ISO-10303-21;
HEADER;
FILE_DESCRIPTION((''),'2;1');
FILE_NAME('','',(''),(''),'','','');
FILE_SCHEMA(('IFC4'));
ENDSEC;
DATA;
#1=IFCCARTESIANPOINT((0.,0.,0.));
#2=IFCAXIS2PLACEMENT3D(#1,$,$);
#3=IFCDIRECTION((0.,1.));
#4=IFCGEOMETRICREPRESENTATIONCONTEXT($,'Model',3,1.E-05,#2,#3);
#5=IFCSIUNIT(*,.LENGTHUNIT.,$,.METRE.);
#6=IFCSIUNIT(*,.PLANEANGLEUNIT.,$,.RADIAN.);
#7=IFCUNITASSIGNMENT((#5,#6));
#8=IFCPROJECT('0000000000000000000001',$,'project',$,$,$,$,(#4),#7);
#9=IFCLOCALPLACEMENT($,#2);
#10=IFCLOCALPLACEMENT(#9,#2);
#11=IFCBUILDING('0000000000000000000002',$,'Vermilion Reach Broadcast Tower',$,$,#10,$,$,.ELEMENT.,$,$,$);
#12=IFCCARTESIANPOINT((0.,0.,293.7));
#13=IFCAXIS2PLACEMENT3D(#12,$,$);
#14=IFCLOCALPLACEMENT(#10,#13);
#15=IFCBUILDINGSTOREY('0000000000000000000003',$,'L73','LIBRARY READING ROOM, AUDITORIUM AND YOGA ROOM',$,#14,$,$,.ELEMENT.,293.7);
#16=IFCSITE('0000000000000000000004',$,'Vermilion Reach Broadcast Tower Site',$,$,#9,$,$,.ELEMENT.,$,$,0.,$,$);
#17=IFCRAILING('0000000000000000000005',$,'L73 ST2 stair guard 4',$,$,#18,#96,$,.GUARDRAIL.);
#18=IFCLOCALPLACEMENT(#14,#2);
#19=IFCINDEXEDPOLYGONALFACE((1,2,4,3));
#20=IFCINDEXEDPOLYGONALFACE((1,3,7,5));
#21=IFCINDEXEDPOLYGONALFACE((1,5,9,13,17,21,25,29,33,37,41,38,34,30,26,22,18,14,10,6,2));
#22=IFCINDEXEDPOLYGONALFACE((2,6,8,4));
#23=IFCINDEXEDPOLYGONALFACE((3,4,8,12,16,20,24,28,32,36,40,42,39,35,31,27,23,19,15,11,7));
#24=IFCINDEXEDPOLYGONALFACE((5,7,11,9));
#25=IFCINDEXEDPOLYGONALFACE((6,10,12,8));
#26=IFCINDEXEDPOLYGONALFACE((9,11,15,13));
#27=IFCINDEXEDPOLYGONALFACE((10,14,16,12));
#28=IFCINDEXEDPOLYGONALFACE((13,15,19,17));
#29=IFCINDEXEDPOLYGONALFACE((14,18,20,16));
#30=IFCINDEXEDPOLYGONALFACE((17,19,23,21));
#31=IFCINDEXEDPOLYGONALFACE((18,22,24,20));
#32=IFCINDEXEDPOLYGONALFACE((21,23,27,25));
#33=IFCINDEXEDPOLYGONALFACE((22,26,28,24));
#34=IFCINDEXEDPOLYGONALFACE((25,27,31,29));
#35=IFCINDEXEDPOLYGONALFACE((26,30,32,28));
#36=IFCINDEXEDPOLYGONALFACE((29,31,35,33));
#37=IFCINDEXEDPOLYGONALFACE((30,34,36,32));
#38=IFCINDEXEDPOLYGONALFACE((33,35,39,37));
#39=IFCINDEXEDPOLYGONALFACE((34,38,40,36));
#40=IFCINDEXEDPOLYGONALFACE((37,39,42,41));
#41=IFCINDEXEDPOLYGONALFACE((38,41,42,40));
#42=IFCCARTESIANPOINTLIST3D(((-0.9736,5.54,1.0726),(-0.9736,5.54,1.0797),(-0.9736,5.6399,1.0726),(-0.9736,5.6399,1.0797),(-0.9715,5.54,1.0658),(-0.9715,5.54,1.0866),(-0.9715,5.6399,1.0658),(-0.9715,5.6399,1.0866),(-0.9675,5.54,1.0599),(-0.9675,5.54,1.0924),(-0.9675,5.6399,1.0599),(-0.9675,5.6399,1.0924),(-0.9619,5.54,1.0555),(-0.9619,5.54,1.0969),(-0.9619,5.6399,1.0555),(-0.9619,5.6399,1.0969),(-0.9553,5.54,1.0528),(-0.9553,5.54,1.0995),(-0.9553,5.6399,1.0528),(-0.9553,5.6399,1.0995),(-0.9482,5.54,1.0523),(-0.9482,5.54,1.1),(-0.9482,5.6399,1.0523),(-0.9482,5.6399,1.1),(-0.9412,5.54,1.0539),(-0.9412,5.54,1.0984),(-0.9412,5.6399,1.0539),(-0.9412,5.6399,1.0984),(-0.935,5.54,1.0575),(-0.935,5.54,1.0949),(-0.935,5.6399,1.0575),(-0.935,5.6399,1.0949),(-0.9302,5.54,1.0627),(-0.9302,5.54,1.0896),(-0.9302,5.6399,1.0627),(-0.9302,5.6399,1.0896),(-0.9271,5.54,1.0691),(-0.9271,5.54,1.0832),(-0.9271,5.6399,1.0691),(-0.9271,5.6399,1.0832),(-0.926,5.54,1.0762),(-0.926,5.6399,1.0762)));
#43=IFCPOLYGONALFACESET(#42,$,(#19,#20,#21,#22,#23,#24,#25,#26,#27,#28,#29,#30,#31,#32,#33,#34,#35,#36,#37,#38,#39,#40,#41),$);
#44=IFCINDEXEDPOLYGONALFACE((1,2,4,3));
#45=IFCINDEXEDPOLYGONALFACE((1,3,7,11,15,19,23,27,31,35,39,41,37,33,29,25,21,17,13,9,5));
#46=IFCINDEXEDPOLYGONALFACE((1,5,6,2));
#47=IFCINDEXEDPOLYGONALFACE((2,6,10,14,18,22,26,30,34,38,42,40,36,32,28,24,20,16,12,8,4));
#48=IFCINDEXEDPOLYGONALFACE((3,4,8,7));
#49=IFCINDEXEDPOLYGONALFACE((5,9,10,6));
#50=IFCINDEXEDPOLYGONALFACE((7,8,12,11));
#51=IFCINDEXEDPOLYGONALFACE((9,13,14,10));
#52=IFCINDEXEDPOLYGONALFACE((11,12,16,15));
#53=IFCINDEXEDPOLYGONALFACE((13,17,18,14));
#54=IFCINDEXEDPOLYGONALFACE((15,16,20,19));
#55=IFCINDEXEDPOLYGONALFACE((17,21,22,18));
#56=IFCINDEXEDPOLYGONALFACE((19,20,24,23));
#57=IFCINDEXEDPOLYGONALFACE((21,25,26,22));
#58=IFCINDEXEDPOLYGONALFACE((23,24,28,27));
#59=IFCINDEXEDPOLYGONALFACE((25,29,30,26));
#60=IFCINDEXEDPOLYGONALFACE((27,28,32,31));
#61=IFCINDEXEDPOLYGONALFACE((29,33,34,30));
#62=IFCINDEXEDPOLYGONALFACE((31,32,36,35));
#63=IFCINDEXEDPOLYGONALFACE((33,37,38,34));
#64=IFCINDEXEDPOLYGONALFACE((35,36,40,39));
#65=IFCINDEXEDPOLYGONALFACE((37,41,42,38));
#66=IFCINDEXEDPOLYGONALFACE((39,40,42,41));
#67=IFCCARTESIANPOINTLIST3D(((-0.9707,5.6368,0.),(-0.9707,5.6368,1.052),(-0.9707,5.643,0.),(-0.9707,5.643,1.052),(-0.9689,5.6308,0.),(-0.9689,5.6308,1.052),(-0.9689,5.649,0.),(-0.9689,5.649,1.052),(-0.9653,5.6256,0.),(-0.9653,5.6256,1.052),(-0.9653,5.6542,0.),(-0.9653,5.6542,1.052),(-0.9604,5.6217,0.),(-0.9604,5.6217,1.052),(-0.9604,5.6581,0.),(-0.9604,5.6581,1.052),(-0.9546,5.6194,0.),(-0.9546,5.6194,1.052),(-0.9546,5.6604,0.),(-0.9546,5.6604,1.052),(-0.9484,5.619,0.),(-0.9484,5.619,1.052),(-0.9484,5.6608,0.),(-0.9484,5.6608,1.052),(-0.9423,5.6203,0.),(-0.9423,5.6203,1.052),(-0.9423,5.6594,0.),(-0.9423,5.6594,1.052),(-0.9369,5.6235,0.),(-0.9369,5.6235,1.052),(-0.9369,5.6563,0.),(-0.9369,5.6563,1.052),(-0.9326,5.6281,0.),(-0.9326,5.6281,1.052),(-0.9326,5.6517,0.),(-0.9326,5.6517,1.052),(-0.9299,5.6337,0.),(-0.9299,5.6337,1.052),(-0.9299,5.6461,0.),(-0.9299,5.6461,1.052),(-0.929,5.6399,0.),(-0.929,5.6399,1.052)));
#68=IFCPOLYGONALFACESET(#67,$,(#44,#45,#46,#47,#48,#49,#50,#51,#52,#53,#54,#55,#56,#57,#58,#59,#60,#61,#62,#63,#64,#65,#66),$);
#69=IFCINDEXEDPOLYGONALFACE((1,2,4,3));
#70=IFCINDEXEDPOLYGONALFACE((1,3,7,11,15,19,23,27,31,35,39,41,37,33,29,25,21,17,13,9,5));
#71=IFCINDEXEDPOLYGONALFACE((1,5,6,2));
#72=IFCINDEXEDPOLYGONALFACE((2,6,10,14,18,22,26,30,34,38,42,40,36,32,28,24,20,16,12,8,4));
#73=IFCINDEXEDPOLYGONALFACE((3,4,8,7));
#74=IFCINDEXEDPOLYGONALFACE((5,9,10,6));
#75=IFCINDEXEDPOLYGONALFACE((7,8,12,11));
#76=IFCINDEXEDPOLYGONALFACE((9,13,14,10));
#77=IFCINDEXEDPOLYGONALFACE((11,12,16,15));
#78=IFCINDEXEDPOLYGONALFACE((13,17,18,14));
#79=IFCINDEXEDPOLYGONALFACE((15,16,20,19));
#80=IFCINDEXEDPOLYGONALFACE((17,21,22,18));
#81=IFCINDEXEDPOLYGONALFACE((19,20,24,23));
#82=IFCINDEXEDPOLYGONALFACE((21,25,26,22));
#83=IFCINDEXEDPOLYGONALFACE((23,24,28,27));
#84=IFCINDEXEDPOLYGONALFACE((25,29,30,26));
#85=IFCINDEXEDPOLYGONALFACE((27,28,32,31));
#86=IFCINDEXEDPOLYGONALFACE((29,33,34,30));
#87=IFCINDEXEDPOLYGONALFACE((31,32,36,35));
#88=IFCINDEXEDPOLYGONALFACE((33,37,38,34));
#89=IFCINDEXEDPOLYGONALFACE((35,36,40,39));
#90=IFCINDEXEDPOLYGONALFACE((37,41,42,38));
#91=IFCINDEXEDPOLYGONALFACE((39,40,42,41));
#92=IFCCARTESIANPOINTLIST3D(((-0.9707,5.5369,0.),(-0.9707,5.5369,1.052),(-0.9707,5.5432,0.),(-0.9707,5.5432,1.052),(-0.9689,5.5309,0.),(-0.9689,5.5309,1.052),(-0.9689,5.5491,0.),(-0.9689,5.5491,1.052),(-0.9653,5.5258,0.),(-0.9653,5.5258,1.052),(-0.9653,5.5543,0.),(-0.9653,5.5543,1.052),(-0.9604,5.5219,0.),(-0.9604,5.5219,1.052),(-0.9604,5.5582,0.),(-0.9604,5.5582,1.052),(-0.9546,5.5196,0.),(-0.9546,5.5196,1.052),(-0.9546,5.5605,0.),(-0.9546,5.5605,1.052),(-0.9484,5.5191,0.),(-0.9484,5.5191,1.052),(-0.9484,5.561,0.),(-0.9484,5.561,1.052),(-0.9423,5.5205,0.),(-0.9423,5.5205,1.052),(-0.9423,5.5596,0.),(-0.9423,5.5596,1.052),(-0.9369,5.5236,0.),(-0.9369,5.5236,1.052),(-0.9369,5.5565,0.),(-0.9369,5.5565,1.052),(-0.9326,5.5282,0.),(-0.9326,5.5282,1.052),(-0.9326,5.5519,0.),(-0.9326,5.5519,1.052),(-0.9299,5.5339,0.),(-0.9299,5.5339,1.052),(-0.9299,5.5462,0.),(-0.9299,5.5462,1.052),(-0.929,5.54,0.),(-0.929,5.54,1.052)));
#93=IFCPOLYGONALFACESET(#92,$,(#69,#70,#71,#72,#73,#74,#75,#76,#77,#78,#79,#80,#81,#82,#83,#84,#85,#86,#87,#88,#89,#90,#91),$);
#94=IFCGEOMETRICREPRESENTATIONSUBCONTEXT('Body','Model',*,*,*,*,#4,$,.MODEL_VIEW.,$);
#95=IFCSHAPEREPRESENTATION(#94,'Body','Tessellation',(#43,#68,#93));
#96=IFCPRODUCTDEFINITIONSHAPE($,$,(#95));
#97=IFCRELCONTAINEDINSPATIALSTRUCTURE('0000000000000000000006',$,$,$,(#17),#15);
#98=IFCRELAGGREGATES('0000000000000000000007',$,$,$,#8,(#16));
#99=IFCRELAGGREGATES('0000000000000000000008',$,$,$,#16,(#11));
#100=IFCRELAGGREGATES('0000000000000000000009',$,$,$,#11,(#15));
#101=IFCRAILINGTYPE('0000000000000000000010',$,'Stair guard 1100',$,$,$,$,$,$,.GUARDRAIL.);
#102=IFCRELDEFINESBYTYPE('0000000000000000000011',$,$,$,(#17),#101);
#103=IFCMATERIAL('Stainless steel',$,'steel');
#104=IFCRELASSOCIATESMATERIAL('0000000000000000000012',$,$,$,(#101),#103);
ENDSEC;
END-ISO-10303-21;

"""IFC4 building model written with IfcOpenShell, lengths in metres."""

from ifc_helpers import new_model, si_unit, direction, frame, origin, origin_2d, place, context, subcontext, project, spatial, circle, extrude, material, type_object, element, save


model = new_model("IFC4")

# Units and contexts
model_context = context("Model", 3, precision=1e-05, world=origin(), true_north=direction((0.0, 1.0)))
body_context = subcontext(model_context, "Body", "Model", "MODEL_VIEW")
ifc_project = project(units=[si_unit("LENGTHUNIT", "METRE"), si_unit("PLANEANGLEUNIT", "RADIAN")], contexts=[model_context])

# Site, building, storey
site_placement = place(None, origin())
site = spatial("IfcSite", under=ifc_project, at=site_placement, Name="Vermilion Reach Broadcast Tower Site", CompositionType="ELEMENT", RefElevation=0.0)
building_placement = place(site_placement, origin())
building = spatial("IfcBuilding", under=site, at=building_placement, Name="Vermilion Reach Broadcast Tower", CompositionType="ELEMENT")
storey_placement = place(building_placement, frame((0.0, 0.0, 293.7)))
storey = spatial("IfcBuildingStorey", under=building, at=storey_placement, Name="L73", Description="LIBRARY READING ROOM, AUDITORIUM AND YOGA ROOM", CompositionType="ELEMENT", Elevation=293.7)

# Railing
ifc_material_1 = material(Name="Stainless steel", Category="steel")
railing_type_1 = type_object("IfcRailingType", Name="Stair guard 1100", PredefinedType="GUARDRAIL", material=ifc_material_1)
railing_1_placement = place(storey_placement, frame((-0.95, 5.6399, 0.0)))
element("IfcRailing", 1, at=railing_1_placement, inside=storey, type_object=railing_type_1, Name="L73 ST2 stair guard 4", PredefinedType="GUARDRAIL", context=body_context, shape_type="SweptSolid", body=[
    extrude(circle(Radius=0.0239, at=origin_2d()), frame((0.0, 0.0, 1.0762), z_axis=(0.0, -1.0, 0.0), x_axis=(1.0, 0.0, 0.0)), (0.0, 0.0, 1.0), 0.0999),
    extrude(circle(Radius=0.021, at=origin_2d()), origin(), (0.0, 0.0, 1.0), 1.052),
    extrude(circle(Radius=0.021, at=origin_2d()), frame((0.0, -0.0999, 0.0)), (0.0, 0.0, 1.0), 1.052),
])

save(model, "model.ifc")
